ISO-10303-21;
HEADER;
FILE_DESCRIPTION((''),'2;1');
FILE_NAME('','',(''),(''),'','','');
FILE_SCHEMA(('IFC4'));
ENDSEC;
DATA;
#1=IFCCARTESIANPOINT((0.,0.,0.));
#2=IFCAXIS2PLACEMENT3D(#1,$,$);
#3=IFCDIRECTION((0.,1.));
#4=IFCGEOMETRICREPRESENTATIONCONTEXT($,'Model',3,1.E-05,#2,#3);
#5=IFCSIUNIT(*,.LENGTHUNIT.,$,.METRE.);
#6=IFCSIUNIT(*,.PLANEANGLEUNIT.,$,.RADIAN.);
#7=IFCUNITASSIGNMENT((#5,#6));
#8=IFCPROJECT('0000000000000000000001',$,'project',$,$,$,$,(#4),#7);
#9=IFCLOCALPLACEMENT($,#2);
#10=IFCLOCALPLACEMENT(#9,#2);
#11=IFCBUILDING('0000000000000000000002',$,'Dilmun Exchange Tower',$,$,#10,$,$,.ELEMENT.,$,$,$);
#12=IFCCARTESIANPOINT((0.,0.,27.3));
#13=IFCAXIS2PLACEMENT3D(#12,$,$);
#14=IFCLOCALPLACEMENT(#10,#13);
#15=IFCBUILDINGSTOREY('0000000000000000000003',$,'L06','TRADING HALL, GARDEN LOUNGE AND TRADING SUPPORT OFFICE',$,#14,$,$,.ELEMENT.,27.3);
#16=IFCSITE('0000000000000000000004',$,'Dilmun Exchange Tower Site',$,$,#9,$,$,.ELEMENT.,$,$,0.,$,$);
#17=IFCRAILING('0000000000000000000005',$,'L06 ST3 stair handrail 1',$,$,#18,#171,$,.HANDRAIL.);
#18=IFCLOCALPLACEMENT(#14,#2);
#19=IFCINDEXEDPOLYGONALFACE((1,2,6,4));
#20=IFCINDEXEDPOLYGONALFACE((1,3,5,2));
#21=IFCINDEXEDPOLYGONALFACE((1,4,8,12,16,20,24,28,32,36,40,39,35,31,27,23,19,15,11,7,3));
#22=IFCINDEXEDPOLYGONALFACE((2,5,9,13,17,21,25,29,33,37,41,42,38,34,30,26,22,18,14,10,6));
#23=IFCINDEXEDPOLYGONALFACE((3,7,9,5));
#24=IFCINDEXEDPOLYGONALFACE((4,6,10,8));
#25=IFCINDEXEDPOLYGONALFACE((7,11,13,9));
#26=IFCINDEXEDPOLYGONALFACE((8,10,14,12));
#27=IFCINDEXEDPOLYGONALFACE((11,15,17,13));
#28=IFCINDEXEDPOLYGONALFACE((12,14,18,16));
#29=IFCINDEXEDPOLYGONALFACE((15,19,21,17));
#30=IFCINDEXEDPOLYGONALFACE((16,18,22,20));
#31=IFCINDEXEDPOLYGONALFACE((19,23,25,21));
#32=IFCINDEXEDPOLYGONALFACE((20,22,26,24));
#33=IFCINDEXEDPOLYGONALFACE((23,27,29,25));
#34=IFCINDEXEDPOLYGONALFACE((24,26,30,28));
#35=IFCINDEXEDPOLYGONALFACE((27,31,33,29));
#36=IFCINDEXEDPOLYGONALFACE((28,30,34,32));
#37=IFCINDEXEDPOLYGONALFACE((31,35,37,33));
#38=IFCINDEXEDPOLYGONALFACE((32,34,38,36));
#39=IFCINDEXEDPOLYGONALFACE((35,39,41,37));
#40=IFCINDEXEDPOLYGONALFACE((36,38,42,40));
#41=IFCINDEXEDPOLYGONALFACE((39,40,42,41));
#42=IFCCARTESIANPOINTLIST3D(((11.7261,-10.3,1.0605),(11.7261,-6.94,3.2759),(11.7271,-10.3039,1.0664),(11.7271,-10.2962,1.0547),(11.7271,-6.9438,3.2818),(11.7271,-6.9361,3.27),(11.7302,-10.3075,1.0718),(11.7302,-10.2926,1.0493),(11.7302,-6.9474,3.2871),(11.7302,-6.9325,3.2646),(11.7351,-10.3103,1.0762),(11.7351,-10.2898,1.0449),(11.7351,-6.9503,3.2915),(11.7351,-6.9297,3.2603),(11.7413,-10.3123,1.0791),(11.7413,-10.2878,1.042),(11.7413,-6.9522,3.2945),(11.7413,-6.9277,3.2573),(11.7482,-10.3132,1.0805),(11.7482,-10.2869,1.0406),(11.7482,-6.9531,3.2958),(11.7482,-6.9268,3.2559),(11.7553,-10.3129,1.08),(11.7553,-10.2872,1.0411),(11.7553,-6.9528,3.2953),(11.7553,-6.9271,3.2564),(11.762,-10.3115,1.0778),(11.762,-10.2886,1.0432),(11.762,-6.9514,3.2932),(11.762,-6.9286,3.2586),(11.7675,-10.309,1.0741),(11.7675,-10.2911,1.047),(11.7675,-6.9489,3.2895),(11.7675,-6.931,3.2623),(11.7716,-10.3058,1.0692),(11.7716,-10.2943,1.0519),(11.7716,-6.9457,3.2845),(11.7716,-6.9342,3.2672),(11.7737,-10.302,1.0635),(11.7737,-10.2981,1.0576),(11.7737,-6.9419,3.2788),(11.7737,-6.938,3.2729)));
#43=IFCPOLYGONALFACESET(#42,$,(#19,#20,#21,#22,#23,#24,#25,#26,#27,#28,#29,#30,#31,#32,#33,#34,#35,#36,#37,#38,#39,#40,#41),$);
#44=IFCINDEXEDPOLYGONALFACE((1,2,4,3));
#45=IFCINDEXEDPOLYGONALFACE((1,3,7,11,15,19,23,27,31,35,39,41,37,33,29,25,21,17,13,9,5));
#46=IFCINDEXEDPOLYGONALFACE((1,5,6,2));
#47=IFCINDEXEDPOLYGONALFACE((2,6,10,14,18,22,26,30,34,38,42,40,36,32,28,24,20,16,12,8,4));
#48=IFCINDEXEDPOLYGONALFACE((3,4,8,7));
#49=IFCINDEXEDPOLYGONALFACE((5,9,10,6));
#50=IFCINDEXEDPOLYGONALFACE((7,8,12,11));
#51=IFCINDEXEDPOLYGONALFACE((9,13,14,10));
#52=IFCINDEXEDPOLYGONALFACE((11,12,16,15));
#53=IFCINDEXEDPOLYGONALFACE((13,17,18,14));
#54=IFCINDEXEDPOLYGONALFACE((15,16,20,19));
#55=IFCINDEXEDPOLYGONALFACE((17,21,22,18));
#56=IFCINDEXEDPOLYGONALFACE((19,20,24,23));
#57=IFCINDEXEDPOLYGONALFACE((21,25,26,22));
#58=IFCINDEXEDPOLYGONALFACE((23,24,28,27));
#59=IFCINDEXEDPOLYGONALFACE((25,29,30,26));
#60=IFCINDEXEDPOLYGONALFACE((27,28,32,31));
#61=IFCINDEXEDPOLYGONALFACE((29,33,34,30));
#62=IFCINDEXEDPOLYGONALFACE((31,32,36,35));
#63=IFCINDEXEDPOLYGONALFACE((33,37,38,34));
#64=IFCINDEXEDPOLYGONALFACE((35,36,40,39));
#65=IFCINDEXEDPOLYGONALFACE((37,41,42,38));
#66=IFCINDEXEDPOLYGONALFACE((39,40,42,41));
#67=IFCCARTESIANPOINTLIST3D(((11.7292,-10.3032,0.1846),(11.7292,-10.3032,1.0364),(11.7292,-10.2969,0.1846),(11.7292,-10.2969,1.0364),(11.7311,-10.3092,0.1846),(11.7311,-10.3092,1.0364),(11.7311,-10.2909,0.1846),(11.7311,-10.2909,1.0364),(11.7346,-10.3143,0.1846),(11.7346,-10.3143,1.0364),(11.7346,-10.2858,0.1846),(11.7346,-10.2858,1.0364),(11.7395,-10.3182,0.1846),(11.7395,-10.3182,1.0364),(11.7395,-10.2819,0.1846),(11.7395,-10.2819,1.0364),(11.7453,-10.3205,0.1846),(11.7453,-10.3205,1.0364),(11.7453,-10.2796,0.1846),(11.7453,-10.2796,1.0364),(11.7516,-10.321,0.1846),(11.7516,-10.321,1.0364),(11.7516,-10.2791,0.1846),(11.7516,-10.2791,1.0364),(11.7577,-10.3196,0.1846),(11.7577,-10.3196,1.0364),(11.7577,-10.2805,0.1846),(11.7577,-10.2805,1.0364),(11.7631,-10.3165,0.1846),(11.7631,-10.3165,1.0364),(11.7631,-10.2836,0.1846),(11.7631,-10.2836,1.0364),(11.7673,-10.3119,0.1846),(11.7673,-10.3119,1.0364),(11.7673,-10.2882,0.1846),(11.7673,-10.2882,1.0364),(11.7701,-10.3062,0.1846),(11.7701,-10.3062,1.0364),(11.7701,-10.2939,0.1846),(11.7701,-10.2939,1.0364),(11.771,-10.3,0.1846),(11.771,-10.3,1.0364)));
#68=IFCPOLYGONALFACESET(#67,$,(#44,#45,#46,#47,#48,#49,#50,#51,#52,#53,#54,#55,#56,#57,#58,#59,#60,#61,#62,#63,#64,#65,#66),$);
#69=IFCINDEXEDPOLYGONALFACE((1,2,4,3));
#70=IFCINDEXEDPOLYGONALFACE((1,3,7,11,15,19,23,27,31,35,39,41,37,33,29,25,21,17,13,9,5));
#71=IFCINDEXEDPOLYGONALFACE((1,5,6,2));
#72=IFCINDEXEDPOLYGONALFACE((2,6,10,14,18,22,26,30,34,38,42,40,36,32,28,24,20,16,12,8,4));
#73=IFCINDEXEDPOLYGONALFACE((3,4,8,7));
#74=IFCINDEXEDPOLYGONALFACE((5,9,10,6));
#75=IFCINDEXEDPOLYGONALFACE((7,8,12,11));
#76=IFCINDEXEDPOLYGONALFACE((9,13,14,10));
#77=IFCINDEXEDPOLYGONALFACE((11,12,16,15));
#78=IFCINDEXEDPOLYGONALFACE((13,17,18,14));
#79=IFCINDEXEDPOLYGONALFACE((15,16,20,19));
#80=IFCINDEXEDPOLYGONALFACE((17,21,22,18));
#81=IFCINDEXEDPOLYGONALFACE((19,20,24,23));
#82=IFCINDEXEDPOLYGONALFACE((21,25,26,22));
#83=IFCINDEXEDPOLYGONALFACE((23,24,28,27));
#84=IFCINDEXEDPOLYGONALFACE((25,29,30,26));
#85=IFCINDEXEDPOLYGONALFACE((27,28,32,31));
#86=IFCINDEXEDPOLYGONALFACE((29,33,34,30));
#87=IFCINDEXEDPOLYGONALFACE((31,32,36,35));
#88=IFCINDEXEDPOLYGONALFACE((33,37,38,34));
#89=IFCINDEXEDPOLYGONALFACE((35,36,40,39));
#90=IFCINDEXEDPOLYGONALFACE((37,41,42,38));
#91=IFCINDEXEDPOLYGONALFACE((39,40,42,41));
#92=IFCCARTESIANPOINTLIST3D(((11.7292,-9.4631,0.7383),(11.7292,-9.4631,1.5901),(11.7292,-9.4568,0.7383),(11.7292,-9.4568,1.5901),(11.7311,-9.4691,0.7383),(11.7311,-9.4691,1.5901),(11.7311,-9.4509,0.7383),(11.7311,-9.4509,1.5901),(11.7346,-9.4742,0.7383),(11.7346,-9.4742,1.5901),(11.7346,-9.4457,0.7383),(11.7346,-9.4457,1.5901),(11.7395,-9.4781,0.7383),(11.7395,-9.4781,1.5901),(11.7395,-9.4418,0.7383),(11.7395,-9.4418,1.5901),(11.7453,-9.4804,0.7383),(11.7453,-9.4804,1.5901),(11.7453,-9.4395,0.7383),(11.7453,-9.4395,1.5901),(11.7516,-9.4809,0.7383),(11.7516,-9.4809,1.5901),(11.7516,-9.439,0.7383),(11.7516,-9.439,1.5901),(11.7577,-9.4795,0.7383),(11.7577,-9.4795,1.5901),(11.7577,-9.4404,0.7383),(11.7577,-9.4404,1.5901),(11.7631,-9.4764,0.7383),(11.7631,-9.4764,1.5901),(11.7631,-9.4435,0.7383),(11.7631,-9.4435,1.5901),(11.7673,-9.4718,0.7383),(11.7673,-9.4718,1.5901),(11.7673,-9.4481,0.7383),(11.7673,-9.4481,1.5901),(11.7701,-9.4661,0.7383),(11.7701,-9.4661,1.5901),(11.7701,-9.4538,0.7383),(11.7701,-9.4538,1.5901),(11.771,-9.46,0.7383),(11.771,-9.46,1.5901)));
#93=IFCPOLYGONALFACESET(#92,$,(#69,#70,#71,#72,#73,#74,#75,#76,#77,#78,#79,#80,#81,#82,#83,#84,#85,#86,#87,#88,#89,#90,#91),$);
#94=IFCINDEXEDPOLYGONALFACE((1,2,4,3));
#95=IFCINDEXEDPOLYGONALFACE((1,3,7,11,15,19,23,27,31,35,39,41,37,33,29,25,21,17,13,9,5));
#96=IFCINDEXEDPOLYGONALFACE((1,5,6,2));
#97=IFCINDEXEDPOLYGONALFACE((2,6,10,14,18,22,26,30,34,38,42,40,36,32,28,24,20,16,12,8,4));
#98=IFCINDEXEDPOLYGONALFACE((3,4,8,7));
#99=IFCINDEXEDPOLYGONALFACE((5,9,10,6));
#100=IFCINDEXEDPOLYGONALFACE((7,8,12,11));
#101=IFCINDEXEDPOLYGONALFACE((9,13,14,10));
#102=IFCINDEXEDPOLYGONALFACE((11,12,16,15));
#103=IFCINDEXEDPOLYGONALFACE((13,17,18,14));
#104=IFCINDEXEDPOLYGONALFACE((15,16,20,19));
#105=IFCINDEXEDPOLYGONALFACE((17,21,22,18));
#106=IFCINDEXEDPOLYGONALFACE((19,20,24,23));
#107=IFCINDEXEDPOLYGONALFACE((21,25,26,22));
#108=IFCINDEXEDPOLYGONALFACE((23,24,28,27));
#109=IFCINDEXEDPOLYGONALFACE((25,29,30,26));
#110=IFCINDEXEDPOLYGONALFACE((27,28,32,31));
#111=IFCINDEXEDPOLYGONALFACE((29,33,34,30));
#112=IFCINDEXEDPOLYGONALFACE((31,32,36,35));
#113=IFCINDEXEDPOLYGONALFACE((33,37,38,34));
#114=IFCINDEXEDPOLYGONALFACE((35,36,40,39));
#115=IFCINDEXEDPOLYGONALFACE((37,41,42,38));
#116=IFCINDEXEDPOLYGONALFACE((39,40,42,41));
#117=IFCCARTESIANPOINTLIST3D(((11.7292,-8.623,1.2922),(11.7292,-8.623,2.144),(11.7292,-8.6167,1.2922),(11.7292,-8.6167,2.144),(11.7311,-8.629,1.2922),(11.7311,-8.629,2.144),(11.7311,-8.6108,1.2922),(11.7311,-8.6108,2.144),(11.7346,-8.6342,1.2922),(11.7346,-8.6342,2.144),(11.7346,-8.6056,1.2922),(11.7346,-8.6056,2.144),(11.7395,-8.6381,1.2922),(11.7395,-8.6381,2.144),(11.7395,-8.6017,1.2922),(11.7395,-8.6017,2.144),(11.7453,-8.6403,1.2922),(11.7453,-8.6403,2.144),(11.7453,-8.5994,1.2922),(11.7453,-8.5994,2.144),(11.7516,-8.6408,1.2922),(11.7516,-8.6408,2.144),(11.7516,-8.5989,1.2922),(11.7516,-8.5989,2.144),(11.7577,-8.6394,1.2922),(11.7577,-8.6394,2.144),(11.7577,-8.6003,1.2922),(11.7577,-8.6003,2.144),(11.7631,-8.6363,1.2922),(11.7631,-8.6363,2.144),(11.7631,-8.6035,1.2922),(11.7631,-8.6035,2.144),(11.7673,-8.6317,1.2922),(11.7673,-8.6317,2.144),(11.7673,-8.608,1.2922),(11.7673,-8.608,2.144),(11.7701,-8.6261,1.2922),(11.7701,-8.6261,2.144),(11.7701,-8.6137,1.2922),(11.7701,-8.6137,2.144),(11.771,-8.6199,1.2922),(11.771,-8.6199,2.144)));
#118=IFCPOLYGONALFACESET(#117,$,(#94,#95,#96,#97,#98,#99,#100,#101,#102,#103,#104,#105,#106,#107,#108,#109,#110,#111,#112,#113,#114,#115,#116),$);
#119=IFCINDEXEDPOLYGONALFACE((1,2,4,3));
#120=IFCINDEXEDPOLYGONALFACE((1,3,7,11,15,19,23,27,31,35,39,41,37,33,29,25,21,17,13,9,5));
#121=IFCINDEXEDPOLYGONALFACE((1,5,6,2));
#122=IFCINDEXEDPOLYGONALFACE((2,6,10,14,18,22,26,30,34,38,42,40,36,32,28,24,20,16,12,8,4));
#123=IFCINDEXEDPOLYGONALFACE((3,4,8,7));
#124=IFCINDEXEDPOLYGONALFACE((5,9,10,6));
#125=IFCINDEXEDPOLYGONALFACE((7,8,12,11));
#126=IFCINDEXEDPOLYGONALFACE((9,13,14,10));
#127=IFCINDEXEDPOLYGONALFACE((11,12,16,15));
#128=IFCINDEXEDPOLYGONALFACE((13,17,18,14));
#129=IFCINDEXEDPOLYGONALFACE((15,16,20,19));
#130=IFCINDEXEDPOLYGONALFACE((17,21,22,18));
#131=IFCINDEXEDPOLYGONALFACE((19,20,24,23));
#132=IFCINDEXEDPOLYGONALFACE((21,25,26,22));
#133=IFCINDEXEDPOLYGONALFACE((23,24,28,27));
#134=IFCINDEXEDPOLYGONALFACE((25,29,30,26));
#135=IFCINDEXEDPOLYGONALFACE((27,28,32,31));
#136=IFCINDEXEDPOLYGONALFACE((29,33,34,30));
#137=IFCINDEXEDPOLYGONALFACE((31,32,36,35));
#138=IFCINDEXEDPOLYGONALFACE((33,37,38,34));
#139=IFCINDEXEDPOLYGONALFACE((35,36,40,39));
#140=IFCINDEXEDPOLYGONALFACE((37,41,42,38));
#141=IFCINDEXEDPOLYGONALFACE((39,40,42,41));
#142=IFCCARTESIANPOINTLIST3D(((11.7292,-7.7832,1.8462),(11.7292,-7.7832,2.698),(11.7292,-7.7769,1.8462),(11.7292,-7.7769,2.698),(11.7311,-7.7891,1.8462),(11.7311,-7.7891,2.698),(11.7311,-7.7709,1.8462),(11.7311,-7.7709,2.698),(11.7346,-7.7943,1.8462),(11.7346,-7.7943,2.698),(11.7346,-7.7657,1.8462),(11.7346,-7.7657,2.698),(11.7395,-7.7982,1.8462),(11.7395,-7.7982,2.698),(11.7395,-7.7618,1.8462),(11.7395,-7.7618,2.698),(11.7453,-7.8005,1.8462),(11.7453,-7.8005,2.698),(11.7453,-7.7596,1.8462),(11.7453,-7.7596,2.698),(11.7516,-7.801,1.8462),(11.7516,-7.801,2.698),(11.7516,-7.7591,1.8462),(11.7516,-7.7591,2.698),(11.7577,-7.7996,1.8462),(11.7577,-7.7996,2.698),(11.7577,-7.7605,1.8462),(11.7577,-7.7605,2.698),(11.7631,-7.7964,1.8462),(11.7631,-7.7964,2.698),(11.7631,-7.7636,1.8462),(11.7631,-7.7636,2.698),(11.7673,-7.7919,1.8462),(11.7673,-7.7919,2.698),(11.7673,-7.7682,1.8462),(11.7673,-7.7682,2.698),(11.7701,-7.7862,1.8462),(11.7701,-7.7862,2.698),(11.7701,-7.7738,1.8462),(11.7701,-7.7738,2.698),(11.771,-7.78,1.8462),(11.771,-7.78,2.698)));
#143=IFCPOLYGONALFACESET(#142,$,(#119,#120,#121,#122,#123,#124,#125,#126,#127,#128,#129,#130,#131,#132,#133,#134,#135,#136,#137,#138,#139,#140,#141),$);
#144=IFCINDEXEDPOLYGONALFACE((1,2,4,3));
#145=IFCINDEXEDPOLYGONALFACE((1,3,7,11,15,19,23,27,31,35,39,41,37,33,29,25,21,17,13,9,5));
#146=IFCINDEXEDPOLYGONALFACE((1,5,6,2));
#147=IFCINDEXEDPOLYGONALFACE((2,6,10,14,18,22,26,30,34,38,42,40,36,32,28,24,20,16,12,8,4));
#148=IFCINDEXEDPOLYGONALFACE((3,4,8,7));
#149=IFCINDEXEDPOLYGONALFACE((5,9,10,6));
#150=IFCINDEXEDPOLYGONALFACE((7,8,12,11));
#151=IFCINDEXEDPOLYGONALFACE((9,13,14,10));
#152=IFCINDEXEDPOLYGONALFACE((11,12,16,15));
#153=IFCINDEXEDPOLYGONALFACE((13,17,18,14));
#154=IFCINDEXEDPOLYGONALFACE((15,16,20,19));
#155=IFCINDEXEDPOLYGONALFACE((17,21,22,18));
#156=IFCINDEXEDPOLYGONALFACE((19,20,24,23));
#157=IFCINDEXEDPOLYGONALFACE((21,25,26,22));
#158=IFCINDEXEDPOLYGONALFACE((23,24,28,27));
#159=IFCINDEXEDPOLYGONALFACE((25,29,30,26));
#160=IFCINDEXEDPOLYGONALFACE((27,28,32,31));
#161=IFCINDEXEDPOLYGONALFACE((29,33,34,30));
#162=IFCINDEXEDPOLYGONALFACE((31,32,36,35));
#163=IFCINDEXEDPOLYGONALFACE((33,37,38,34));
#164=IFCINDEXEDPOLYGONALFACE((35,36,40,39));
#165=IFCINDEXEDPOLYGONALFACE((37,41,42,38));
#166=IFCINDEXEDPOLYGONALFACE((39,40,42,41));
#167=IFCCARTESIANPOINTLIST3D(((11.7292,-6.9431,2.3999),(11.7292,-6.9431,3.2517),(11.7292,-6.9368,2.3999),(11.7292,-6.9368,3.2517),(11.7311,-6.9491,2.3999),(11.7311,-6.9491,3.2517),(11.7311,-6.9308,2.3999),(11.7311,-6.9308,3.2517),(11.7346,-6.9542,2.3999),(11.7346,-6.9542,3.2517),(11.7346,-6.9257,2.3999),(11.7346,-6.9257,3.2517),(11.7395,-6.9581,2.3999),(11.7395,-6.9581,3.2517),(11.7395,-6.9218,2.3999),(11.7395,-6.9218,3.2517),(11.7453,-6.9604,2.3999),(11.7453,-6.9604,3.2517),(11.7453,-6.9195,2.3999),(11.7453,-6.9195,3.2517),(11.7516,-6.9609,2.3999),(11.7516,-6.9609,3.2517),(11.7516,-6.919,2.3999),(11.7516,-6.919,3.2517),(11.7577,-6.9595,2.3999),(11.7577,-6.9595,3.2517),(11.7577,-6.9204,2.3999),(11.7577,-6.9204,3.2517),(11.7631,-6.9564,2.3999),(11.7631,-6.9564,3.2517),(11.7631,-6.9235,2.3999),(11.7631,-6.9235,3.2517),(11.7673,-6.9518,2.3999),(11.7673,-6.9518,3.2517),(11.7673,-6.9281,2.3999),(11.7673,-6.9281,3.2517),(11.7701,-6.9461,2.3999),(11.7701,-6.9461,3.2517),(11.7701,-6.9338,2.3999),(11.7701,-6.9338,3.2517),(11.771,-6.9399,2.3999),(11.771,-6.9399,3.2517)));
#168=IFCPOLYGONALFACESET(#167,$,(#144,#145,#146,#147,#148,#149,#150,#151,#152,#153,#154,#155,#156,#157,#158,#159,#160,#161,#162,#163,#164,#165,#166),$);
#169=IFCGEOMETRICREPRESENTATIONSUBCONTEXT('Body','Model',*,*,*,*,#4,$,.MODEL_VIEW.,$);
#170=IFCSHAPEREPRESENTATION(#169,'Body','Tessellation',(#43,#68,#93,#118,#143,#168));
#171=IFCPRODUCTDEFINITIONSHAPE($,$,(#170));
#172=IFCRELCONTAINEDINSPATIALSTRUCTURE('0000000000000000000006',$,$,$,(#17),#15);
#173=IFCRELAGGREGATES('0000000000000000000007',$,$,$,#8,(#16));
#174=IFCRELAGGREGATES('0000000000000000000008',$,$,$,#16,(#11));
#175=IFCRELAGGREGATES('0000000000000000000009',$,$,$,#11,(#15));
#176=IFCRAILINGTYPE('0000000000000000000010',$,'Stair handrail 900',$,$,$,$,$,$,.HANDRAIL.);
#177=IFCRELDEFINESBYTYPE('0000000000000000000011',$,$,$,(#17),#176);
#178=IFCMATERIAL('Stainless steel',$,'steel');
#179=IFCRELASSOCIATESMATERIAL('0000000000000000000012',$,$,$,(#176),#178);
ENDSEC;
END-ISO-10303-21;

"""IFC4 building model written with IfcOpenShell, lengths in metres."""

from ifc_helpers import new_model, si_unit, direction, frame, origin, origin_2d, place, context, subcontext, project, spatial, circle, extrude, material, type_object, element, save


model = new_model("IFC4")

# Units and contexts
model_context = context("Model", 3, precision=1e-05, world=origin(), true_north=direction((0.0, 1.0)))
body_context = subcontext(model_context, "Body", "Model", "MODEL_VIEW")
ifc_project = project(units=[si_unit("LENGTHUNIT", "METRE"), si_unit("PLANEANGLEUNIT", "RADIAN")], contexts=[model_context])

# Site, building, storey
site_placement = place(None, origin())
site = spatial("IfcSite", under=ifc_project, at=site_placement, Name="Dilmun Exchange Tower Site", CompositionType="ELEMENT", RefElevation=0.0)
building_placement = place(site_placement, origin())
building = spatial("IfcBuilding", under=site, at=building_placement, Name="Dilmun Exchange Tower", CompositionType="ELEMENT")
storey_placement = place(building_placement, frame((0.0, 0.0, 27.3)))
storey = spatial("IfcBuildingStorey", under=building, at=storey_placement, Name="L06", Description="TRADING HALL, GARDEN LOUNGE AND TRADING SUPPORT OFFICE", CompositionType="ELEMENT", Elevation=27.3)

# Railing
ifc_material_1 = material(Name="Stainless steel", Category="steel")
railing_type = type_object("IfcRailingType", Name="Stair handrail 900", PredefinedType="HANDRAIL", material=ifc_material_1)
railing_placement = place(storey_placement, frame((11.75, -10.3, 0.1846)))
element("IfcRailing", 1, at=railing_placement, inside=storey, type_object=railing_type, Name="L06 ST3 stair handrail 1", PredefinedType="HANDRAIL", context=body_context, shape_type="SweptSolid", body=[
    extrude(circle(Radius=0.0239, at=origin_2d()), frame((0.0, 0.0, 0.876), z_axis=(0.0, 0.834876, 0.550437), x_axis=(-1.0, 0.0, 0.0)), (0.0, 0.0, 1.0), 4.0247),
    extrude(circle(Radius=0.021, at=origin_2d()), origin(), (0.0, 0.0, 1.0), 0.8518),
    extrude(circle(Radius=0.021, at=origin_2d()), frame((0.0, 0.8401, 0.5537)), (0.0, 0.0, 1.0), 0.8518),
    extrude(circle(Radius=0.021, at=origin_2d()), frame((0.0, 1.6802, 1.1077)), (0.0, 0.0, 1.0), 0.8518),
    extrude(circle(Radius=0.021, at=origin_2d()), frame((0.0, 2.52, 1.6616)), (0.0, 0.0, 1.0), 0.8518),
    extrude(circle(Radius=0.021, at=origin_2d()), frame((0.0, 3.3601, 2.2153)), (0.0, 0.0, 1.0), 0.8518),
])

save(model, "model.ifc")
